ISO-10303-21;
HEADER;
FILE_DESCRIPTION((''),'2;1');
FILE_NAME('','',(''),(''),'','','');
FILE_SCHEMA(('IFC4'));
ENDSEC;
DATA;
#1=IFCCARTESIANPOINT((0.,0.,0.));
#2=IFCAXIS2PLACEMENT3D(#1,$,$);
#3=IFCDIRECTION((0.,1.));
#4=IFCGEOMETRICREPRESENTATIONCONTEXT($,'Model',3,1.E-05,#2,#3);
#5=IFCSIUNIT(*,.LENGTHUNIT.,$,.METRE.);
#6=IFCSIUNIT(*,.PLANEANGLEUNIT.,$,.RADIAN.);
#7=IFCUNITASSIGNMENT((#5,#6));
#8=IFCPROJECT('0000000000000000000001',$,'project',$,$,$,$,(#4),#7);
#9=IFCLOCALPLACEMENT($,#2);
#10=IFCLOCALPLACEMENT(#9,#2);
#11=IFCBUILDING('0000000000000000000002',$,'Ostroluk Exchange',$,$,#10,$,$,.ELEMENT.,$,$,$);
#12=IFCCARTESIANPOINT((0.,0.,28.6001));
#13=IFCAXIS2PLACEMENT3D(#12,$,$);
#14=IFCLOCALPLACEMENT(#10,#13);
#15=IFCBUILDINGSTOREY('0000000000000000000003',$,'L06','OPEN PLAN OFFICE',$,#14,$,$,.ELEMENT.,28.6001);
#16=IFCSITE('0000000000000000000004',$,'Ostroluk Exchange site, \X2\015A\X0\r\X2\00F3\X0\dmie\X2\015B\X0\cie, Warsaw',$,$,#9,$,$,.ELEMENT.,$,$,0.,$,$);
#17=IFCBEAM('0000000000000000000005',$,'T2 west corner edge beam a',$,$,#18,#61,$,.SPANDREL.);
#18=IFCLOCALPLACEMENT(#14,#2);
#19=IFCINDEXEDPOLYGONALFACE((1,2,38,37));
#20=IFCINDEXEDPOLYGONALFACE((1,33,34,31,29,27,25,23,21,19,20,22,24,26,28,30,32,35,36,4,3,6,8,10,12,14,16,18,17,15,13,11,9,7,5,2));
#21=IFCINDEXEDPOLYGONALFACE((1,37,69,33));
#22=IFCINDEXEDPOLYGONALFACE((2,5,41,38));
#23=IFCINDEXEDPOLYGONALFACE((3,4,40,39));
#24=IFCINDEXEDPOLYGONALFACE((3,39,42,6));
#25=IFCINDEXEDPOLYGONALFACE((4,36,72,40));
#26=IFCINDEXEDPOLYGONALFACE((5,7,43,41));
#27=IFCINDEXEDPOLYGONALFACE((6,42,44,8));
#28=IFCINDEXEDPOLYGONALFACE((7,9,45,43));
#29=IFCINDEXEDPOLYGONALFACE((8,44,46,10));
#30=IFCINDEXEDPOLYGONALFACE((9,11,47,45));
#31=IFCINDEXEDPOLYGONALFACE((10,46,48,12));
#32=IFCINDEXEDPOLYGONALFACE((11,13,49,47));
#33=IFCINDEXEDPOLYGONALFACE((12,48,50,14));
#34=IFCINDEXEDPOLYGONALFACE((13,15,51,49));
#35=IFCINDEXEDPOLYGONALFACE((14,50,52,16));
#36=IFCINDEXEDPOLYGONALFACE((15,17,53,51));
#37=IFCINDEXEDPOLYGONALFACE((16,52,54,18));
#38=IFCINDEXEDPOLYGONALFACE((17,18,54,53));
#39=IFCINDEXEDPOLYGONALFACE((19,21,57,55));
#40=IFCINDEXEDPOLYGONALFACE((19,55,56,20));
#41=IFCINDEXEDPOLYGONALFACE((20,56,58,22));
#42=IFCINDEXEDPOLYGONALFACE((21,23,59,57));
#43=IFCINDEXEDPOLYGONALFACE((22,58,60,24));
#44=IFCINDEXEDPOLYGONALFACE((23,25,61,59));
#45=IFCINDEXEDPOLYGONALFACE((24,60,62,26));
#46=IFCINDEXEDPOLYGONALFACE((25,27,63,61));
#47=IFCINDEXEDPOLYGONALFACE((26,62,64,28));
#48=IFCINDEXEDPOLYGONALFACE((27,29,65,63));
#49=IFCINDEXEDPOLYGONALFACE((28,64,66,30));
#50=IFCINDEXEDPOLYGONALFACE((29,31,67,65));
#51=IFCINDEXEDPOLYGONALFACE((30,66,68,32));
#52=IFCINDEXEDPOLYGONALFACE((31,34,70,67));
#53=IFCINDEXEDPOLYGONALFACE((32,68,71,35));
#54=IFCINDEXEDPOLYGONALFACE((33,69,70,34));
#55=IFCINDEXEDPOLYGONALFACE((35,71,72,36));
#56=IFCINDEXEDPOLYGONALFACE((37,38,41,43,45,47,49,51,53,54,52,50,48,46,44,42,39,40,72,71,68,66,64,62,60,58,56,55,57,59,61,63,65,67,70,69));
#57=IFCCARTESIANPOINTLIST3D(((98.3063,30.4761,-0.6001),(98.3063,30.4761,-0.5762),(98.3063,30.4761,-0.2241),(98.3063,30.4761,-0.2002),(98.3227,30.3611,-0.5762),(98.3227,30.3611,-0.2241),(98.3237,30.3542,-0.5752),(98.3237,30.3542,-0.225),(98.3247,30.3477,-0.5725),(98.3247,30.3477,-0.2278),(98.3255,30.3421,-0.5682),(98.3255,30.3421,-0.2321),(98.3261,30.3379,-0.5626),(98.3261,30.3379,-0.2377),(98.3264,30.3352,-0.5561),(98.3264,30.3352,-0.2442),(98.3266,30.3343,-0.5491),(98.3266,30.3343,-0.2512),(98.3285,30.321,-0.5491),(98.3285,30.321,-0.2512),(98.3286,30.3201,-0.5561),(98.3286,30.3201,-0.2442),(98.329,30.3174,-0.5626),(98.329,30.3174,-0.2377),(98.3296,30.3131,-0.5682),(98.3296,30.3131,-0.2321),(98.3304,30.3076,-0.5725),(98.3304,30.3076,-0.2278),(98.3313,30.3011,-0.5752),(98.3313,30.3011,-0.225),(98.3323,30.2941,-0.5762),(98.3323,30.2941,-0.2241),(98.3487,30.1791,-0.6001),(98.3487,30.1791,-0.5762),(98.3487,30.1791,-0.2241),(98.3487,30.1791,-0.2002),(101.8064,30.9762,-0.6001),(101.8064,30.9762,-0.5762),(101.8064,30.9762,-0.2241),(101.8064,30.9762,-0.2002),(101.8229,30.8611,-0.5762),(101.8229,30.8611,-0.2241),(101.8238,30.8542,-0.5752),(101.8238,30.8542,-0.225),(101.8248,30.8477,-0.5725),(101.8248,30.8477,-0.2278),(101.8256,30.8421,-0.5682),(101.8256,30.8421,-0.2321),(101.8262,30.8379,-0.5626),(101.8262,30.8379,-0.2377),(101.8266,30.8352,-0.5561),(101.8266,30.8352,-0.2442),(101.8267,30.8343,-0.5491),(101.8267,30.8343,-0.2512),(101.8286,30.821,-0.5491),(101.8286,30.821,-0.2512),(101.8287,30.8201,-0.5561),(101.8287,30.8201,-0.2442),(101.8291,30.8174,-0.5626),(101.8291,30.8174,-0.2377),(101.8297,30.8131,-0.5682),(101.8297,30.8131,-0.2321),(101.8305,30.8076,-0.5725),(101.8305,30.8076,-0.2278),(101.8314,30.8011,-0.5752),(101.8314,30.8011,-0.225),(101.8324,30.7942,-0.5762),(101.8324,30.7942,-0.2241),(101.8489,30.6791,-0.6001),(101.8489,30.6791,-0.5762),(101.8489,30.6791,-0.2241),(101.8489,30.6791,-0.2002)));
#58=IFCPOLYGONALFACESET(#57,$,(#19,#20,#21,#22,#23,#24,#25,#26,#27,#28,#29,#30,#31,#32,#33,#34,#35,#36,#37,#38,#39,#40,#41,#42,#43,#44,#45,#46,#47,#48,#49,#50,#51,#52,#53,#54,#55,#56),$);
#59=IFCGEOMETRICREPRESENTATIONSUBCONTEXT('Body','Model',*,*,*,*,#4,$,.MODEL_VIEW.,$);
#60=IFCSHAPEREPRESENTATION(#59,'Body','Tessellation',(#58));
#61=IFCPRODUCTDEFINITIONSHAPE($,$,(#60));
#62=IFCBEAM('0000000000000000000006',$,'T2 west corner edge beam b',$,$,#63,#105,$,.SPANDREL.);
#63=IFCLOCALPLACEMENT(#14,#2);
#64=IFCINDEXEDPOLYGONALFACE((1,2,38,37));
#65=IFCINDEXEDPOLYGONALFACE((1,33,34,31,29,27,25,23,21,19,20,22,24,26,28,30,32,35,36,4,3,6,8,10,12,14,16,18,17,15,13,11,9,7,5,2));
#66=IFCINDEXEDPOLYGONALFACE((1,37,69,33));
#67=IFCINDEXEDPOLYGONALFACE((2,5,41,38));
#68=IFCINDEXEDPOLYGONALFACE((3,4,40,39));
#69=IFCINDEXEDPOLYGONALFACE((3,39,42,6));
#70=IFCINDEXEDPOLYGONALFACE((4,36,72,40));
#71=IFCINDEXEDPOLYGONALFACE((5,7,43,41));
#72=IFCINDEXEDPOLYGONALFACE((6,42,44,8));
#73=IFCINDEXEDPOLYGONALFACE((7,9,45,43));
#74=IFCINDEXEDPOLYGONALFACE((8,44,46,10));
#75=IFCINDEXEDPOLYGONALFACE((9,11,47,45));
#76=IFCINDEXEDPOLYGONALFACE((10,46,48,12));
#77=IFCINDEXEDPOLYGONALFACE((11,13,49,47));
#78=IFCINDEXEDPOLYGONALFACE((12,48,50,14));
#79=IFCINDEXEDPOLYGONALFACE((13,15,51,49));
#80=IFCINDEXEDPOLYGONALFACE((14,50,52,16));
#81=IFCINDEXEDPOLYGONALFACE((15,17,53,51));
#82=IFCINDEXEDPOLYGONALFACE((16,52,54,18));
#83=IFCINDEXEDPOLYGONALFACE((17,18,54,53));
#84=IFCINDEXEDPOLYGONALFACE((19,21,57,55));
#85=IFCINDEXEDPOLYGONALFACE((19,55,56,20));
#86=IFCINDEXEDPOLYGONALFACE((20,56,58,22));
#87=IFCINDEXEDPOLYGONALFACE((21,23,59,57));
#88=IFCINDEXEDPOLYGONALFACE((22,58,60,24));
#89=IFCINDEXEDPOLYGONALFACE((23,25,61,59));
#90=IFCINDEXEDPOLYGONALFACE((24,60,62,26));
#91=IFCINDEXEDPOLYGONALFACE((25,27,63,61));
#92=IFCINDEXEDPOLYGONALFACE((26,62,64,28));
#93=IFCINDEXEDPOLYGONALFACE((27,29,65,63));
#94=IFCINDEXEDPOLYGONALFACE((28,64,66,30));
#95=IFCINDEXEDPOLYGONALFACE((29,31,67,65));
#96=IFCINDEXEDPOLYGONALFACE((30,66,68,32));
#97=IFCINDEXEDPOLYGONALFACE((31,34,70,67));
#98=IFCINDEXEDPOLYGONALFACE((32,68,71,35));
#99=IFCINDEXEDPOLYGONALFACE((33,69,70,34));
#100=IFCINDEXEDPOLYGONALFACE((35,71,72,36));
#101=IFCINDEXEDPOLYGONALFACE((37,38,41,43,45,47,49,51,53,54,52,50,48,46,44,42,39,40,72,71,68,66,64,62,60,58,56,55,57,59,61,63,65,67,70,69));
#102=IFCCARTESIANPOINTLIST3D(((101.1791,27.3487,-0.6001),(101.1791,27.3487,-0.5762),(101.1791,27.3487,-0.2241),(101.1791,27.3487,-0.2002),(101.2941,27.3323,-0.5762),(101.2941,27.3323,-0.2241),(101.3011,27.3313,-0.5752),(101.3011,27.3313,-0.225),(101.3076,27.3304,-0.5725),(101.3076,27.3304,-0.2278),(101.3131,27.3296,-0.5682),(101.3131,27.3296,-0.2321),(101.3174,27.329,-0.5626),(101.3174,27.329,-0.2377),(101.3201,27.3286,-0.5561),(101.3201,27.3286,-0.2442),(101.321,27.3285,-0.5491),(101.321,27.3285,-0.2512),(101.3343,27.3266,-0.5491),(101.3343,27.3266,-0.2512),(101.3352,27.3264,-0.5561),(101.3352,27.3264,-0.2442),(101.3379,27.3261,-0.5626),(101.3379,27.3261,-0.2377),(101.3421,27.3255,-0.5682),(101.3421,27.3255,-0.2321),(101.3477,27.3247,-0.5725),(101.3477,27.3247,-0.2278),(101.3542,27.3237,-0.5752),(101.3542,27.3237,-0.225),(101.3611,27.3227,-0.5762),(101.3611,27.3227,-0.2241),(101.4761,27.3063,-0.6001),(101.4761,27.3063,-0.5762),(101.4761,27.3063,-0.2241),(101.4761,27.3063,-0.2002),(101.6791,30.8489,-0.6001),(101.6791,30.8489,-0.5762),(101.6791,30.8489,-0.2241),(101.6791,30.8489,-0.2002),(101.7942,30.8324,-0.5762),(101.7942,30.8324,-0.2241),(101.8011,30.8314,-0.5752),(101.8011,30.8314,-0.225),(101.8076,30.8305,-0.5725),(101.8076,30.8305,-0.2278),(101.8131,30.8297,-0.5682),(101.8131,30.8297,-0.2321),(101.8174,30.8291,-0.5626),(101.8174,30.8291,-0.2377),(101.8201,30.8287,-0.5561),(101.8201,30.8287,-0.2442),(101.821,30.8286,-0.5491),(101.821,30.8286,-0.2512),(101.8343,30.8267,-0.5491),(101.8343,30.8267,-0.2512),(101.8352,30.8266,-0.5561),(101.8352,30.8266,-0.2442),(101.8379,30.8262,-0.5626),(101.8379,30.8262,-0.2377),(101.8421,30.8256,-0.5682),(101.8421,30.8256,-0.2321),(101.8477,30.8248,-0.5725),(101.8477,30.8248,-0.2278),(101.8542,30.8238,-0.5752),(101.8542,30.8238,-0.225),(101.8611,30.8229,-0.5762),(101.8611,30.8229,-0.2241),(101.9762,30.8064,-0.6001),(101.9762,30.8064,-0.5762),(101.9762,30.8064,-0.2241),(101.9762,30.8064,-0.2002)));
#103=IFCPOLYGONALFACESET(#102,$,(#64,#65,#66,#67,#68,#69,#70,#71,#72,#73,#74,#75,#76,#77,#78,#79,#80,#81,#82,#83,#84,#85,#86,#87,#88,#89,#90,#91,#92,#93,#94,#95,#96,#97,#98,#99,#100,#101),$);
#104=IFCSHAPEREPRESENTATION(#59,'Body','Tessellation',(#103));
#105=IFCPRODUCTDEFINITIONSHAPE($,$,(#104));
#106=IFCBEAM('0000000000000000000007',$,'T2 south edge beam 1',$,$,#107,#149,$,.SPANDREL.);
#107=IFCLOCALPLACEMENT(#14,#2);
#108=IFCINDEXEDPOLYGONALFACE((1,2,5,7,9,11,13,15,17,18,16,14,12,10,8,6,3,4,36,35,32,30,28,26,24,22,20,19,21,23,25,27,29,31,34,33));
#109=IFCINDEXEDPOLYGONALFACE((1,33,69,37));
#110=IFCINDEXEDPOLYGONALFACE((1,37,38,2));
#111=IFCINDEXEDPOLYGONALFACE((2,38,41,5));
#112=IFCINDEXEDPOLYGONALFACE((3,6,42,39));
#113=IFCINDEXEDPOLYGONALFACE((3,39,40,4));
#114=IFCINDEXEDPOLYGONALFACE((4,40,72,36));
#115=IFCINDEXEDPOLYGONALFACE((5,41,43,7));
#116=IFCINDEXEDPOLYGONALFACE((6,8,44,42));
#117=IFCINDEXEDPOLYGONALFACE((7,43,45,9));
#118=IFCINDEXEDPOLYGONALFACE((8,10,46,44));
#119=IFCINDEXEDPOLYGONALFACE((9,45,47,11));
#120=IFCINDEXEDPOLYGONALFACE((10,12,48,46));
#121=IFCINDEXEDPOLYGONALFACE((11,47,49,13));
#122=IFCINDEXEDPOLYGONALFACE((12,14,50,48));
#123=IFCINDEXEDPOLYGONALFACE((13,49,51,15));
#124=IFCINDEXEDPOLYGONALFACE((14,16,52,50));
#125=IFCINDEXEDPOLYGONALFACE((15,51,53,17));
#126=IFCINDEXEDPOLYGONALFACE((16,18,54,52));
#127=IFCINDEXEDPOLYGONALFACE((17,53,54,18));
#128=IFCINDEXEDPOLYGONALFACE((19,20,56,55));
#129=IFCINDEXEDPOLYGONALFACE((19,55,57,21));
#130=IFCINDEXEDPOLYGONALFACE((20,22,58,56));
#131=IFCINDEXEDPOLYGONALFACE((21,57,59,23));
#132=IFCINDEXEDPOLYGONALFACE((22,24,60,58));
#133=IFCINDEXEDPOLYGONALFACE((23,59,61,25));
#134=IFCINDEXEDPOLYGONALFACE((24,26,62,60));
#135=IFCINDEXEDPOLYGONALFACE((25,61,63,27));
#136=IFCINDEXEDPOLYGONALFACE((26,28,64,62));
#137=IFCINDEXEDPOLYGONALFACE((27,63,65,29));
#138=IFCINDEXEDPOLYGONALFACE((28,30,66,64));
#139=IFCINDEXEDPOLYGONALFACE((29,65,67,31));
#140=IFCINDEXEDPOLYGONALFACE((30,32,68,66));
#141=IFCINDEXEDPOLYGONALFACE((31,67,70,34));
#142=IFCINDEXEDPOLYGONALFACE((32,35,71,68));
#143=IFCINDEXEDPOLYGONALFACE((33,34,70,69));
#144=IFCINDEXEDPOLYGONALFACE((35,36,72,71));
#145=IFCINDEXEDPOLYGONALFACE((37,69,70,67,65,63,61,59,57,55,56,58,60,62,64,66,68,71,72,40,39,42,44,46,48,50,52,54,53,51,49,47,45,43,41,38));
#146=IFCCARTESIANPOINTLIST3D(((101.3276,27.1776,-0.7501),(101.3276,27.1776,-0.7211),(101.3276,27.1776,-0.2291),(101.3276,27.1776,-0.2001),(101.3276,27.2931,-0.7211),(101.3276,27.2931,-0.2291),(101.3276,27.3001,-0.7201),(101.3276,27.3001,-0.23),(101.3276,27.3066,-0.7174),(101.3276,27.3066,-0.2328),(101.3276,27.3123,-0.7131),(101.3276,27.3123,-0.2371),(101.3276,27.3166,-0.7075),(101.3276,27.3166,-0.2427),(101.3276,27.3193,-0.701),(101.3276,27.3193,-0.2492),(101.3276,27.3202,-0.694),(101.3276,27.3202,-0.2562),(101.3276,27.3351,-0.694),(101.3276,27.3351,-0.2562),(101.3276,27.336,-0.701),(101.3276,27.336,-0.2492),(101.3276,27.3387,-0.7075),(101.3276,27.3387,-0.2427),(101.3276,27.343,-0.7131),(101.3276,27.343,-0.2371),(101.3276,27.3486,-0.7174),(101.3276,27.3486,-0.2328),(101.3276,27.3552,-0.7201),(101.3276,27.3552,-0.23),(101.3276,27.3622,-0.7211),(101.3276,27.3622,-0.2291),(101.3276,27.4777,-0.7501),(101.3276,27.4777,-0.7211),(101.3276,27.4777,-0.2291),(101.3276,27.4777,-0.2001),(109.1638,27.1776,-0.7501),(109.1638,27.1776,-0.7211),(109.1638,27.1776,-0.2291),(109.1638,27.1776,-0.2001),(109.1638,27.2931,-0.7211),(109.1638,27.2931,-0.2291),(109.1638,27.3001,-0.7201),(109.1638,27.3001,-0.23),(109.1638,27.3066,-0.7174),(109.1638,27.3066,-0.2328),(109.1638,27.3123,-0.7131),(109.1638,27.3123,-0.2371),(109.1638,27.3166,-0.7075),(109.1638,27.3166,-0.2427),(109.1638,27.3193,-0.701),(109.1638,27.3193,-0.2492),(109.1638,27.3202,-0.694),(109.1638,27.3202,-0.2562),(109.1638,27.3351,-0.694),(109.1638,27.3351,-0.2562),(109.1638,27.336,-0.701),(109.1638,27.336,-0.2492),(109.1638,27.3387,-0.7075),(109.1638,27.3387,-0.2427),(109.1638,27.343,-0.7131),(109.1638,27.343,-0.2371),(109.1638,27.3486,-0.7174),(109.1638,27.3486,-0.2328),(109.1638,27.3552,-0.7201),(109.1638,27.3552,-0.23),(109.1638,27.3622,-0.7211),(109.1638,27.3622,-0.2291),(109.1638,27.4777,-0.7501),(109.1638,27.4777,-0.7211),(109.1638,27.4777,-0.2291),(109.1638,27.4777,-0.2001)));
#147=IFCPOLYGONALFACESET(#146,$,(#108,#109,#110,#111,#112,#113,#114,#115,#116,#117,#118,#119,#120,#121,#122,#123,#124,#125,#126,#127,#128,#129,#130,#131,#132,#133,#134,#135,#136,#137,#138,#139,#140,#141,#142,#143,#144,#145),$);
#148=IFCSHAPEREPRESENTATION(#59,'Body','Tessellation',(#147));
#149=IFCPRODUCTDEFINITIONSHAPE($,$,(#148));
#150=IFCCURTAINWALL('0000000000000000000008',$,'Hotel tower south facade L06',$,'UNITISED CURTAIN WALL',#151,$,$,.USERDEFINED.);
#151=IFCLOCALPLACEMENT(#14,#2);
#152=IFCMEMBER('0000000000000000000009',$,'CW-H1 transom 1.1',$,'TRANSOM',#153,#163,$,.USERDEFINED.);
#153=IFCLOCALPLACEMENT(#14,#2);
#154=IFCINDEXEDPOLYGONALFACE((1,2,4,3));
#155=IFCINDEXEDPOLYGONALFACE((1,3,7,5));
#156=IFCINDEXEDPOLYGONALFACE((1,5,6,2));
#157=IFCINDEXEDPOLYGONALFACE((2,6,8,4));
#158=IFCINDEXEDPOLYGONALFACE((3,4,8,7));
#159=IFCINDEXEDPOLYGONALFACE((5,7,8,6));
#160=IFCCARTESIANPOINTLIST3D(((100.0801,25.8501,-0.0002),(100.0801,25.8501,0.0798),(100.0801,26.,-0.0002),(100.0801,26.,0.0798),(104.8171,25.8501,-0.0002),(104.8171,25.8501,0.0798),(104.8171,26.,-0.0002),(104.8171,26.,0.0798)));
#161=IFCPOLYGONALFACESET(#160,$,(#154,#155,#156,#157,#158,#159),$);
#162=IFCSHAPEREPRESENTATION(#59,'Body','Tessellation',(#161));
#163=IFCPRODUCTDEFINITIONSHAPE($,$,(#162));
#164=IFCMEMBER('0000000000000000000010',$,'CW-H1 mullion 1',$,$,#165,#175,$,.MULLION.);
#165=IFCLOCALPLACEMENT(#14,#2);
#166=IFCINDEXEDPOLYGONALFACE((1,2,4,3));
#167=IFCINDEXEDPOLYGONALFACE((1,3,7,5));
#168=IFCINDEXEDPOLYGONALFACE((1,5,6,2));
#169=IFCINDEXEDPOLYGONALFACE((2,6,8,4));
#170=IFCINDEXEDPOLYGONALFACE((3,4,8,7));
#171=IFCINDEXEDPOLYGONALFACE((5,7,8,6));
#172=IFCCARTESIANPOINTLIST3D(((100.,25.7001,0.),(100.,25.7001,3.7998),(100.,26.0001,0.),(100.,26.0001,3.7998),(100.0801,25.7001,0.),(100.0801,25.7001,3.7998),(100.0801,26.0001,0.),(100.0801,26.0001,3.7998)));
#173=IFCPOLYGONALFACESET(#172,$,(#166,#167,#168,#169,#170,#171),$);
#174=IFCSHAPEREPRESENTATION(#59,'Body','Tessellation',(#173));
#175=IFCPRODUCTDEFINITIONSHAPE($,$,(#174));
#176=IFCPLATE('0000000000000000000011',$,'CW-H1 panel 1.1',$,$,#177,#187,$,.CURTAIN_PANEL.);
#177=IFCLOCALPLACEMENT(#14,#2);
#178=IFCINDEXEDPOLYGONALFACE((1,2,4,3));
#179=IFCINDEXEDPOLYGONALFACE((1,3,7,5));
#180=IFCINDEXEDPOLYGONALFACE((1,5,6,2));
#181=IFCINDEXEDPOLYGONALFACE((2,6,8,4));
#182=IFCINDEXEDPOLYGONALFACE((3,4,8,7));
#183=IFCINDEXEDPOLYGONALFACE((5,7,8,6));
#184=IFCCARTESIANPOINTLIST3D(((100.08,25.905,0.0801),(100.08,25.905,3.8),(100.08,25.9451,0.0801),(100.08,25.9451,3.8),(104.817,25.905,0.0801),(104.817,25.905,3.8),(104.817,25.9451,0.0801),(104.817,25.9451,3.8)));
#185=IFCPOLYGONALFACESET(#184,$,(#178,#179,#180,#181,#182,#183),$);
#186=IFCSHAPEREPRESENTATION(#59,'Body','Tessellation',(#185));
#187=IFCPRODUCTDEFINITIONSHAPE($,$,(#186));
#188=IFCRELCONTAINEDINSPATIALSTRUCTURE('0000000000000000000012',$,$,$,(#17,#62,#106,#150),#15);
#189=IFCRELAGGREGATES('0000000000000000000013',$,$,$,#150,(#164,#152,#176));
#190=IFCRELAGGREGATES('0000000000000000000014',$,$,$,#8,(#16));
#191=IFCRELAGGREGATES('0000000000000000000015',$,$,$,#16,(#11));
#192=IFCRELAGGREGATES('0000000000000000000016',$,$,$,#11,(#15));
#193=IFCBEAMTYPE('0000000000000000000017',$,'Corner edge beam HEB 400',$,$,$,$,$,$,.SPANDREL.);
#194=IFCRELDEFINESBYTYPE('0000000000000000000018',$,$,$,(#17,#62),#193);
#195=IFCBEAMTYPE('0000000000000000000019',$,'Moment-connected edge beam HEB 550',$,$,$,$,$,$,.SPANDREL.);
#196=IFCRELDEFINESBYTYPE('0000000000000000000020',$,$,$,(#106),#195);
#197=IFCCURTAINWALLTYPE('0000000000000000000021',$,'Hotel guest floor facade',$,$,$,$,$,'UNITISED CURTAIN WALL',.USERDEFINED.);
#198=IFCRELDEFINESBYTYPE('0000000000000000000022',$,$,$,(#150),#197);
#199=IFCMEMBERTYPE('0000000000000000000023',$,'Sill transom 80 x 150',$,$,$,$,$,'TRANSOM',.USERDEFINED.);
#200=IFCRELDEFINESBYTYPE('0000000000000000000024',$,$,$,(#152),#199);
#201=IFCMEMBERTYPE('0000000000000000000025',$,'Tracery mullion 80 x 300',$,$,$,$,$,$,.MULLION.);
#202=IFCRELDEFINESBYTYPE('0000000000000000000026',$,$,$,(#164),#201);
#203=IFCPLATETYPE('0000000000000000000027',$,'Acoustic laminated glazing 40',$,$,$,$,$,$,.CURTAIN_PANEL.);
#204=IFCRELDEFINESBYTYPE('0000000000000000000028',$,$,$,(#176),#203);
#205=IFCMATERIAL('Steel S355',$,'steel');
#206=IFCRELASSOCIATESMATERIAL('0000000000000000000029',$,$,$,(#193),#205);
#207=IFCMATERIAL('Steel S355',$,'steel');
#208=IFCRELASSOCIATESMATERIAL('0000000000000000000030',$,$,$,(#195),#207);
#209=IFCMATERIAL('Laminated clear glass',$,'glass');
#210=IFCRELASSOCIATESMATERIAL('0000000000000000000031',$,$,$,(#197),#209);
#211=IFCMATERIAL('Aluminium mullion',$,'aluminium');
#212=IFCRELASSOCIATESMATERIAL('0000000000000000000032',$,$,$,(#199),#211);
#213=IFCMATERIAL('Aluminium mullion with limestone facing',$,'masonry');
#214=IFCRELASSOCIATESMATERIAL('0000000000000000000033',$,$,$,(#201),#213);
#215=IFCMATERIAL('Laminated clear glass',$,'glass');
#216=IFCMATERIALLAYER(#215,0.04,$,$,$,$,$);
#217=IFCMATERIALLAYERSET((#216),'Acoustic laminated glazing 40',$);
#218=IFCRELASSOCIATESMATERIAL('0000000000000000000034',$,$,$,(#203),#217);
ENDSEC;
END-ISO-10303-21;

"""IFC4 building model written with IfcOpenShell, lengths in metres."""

from ifc_helpers import new_model, si_unit, direction, frame, origin, origin_2d, place, context, subcontext, project, spatial, rectangle, i_section, extrude, material, layer, layer_set, material_profile, profile_set, type_object, element, aggregate, save


model = new_model("IFC4")

# Units and contexts
model_context = context("Model", 3, precision=1e-05, world=origin(), true_north=direction((0.0, 1.0)))
body_context = subcontext(model_context, "Body", "Model", "MODEL_VIEW")
ifc_project = project(units=[si_unit("LENGTHUNIT", "METRE"), si_unit("PLANEANGLEUNIT", "RADIAN")], contexts=[model_context])

# Site, building, storey
site_placement = place(None, origin())
site = spatial("IfcSite", under=ifc_project, at=site_placement, Name="Ostroluk Exchange site, Śródmieście, Warsaw", CompositionType="ELEMENT", RefElevation=0.0)
building_placement = place(site_placement, origin())
building = spatial("IfcBuilding", under=site, at=building_placement, Name="Ostroluk Exchange", CompositionType="ELEMENT")
storey_placement = place(building_placement, frame((0.0, 0.0, 28.6001)))
storey = spatial("IfcBuildingStorey", under=building, at=storey_placement, Name="L06", Description="OPEN PLAN OFFICE", CompositionType="ELEMENT", Elevation=28.6001)

# Beams
ifc_material_1 = material(Name="Steel S355", Category="steel")
ifc_material_profile_1 = material_profile(ifc_material_1, i_section(OverallWidth=0.3, OverallDepth=0.3999, WebThickness=0.0134, FlangeThickness=0.0239, FilletRadius=0.0271, at=origin_2d()), Name="HEB 400")
ifc_profile_set_1 = profile_set([ifc_material_profile_1], Name="Steel S355")
beam_type_1 = type_object("IfcBeamType", Name="Corner edge beam HEB 400", PredefinedType="SPANDREL", material=ifc_profile_set_1)
for number, where, z_axis, x_axis, name in (
    (1, (101.8276, 30.8276, -0.4001), (-0.989949, -0.141421, 0.0), (0.141421, -0.989949, 0.0), "T2 west corner edge beam a"),
    (2, (101.8276, 30.8276, -0.4001), (-0.141421, -0.989949, 0.0), (0.989949, -0.141421, 0.0), "T2 west corner edge beam b"),
):
    element("IfcBeam", number, at=place(storey_placement, frame(where, z_axis=z_axis, x_axis=x_axis)), inside=storey, type_object=beam_type_1, Name=name, PredefinedType="SPANDREL", context=body_context, shape_type="SweptSolid", body=[
        extrude(i_section(OverallWidth=0.3, OverallDepth=0.3999, WebThickness=0.0134, FlangeThickness=0.0239, FilletRadius=0.0271, at=origin_2d()), origin(), (0.0, 0.0, 1.0), 3.5356),
    ])
ifc_material_2 = material(Name="Steel S355", Category="steel")
ifc_material_profile_2 = material_profile(ifc_material_2, i_section(OverallWidth=0.3, OverallDepth=0.55, WebThickness=0.0149, FlangeThickness=0.0291, FilletRadius=0.0271, at=origin_2d()), Name="HEB 550")
ifc_profile_set_2 = profile_set([ifc_material_profile_2], Name="Steel S355")
beam_type_2 = type_object("IfcBeamType", Name="Moment-connected edge beam HEB 550", PredefinedType="SPANDREL", material=ifc_profile_set_2)
beam_1_placement = place(storey_placement, frame((101.3276, 27.3276, -0.4751), z_axis=(1.0, 0.0, 0.0), x_axis=(0.0, 1.0, 0.0)))
element("IfcBeam", 3, at=beam_1_placement, inside=storey, type_object=beam_type_2, Name="T2 south edge beam 1", PredefinedType="SPANDREL", context=body_context, shape_type="SweptSolid", body=[
    extrude(i_section(OverallWidth=0.3, OverallDepth=0.55, WebThickness=0.0149, FlangeThickness=0.0291, FilletRadius=0.0271, at=origin_2d()), origin(), (0.0, 0.0, 1.0), 7.8362),
])

# Curtain wall, members, plate
ifc_material_3 = material(Name="Laminated clear glass", Category="glass")
curtain_wall_type = type_object("IfcCurtainWallType", Name="Hotel guest floor facade", ElementType="UNITISED CURTAIN WALL", PredefinedType="USERDEFINED", material=ifc_material_3)
curtain_wall_placement = place(storey_placement, origin())
curtain_wall = element("IfcCurtainWall", 4, at=curtain_wall_placement, inside=storey, type_object=curtain_wall_type, Name="Hotel tower south facade L06", ObjectType="UNITISED CURTAIN WALL", PredefinedType="USERDEFINED")
ifc_material_4 = material(Name="Aluminium mullion", Category="aluminium")
ifc_material_profile_3 = material_profile(ifc_material_4, rectangle(XDim=0.1499, YDim=0.0801, at=origin_2d()), Name="Sill transom 80 x 150")
ifc_profile_set_3 = profile_set([ifc_material_profile_3], Name="Aluminium mullion")
member_type_1 = type_object("IfcMemberType", Name="Sill transom 80 x 150", ElementType="TRANSOM", PredefinedType="USERDEFINED", material=ifc_profile_set_3)
member_1_placement = place(storey_placement, frame((100.0801, 25.925, 0.0398), z_axis=(1.0, 0.0, 0.0), x_axis=(0.0, 1.0, 0.0)))
member_1 = element("IfcMember", 5, at=member_1_placement, type_object=member_type_1, Name="CW-H1 transom 1.1", ObjectType="TRANSOM", PredefinedType="USERDEFINED", context=body_context, shape_type="SweptSolid", body=[
    extrude(rectangle(XDim=0.1499, YDim=0.0801, at=origin_2d()), origin(), (0.0, 0.0, 1.0), 4.7371),
])
ifc_material_5 = material(Name="Aluminium mullion with limestone facing", Category="masonry")
ifc_material_profile_4 = material_profile(ifc_material_5, rectangle(XDim=0.3, YDim=0.0801, at=origin_2d()), Name="Tracery mullion 80 x 300")
ifc_profile_set_4 = profile_set([ifc_material_profile_4], Name="Aluminium mullion with limestone facing")
member_type_2 = type_object("IfcMemberType", Name="Tracery mullion 80 x 300", PredefinedType="MULLION", material=ifc_profile_set_4)
member_2_placement = place(storey_placement, frame((100.04, 25.8501, 0.0), z_axis=(0.0, 0.0, 1.0), x_axis=(0.0, 1.0, 0.0)))
member_2 = element("IfcMember", 6, at=member_2_placement, type_object=member_type_2, Name="CW-H1 mullion 1", PredefinedType="MULLION", context=body_context, shape_type="SweptSolid", body=[
    extrude(rectangle(XDim=0.3, YDim=0.0801, at=origin_2d()), origin(), (0.0, 0.0, 1.0), 3.7998),
])
ifc_material_6 = material(Name="Laminated clear glass", Category="glass")
ifc_layer_1 = layer(ifc_material_6, 0.04)
ifc_layer_set_1 = layer_set([ifc_layer_1], Name="Acoustic laminated glazing 40")
plate_type_1 = type_object("IfcPlateType", Name="Acoustic laminated glazing 40", PredefinedType="CURTAIN_PANEL", material=ifc_layer_set_1)
plate_1_placement = place(storey_placement, frame((102.4485, 25.925, 0.0801), z_axis=(0.0, 0.0, 1.0), x_axis=(1.0, 0.0, 0.0)))
plate_1 = element("IfcPlate", 7, at=plate_1_placement, type_object=plate_type_1, Name="CW-H1 panel 1.1", PredefinedType="CURTAIN_PANEL", context=body_context, shape_type="SweptSolid", body=[
    extrude(rectangle(XDim=4.7371, YDim=0.04, at=origin_2d()), origin(), (0.0, 0.0, 1.0), 3.72),
])
aggregate(curtain_wall, [member_2, member_1, plate_1])

save(model, "model.ifc")
